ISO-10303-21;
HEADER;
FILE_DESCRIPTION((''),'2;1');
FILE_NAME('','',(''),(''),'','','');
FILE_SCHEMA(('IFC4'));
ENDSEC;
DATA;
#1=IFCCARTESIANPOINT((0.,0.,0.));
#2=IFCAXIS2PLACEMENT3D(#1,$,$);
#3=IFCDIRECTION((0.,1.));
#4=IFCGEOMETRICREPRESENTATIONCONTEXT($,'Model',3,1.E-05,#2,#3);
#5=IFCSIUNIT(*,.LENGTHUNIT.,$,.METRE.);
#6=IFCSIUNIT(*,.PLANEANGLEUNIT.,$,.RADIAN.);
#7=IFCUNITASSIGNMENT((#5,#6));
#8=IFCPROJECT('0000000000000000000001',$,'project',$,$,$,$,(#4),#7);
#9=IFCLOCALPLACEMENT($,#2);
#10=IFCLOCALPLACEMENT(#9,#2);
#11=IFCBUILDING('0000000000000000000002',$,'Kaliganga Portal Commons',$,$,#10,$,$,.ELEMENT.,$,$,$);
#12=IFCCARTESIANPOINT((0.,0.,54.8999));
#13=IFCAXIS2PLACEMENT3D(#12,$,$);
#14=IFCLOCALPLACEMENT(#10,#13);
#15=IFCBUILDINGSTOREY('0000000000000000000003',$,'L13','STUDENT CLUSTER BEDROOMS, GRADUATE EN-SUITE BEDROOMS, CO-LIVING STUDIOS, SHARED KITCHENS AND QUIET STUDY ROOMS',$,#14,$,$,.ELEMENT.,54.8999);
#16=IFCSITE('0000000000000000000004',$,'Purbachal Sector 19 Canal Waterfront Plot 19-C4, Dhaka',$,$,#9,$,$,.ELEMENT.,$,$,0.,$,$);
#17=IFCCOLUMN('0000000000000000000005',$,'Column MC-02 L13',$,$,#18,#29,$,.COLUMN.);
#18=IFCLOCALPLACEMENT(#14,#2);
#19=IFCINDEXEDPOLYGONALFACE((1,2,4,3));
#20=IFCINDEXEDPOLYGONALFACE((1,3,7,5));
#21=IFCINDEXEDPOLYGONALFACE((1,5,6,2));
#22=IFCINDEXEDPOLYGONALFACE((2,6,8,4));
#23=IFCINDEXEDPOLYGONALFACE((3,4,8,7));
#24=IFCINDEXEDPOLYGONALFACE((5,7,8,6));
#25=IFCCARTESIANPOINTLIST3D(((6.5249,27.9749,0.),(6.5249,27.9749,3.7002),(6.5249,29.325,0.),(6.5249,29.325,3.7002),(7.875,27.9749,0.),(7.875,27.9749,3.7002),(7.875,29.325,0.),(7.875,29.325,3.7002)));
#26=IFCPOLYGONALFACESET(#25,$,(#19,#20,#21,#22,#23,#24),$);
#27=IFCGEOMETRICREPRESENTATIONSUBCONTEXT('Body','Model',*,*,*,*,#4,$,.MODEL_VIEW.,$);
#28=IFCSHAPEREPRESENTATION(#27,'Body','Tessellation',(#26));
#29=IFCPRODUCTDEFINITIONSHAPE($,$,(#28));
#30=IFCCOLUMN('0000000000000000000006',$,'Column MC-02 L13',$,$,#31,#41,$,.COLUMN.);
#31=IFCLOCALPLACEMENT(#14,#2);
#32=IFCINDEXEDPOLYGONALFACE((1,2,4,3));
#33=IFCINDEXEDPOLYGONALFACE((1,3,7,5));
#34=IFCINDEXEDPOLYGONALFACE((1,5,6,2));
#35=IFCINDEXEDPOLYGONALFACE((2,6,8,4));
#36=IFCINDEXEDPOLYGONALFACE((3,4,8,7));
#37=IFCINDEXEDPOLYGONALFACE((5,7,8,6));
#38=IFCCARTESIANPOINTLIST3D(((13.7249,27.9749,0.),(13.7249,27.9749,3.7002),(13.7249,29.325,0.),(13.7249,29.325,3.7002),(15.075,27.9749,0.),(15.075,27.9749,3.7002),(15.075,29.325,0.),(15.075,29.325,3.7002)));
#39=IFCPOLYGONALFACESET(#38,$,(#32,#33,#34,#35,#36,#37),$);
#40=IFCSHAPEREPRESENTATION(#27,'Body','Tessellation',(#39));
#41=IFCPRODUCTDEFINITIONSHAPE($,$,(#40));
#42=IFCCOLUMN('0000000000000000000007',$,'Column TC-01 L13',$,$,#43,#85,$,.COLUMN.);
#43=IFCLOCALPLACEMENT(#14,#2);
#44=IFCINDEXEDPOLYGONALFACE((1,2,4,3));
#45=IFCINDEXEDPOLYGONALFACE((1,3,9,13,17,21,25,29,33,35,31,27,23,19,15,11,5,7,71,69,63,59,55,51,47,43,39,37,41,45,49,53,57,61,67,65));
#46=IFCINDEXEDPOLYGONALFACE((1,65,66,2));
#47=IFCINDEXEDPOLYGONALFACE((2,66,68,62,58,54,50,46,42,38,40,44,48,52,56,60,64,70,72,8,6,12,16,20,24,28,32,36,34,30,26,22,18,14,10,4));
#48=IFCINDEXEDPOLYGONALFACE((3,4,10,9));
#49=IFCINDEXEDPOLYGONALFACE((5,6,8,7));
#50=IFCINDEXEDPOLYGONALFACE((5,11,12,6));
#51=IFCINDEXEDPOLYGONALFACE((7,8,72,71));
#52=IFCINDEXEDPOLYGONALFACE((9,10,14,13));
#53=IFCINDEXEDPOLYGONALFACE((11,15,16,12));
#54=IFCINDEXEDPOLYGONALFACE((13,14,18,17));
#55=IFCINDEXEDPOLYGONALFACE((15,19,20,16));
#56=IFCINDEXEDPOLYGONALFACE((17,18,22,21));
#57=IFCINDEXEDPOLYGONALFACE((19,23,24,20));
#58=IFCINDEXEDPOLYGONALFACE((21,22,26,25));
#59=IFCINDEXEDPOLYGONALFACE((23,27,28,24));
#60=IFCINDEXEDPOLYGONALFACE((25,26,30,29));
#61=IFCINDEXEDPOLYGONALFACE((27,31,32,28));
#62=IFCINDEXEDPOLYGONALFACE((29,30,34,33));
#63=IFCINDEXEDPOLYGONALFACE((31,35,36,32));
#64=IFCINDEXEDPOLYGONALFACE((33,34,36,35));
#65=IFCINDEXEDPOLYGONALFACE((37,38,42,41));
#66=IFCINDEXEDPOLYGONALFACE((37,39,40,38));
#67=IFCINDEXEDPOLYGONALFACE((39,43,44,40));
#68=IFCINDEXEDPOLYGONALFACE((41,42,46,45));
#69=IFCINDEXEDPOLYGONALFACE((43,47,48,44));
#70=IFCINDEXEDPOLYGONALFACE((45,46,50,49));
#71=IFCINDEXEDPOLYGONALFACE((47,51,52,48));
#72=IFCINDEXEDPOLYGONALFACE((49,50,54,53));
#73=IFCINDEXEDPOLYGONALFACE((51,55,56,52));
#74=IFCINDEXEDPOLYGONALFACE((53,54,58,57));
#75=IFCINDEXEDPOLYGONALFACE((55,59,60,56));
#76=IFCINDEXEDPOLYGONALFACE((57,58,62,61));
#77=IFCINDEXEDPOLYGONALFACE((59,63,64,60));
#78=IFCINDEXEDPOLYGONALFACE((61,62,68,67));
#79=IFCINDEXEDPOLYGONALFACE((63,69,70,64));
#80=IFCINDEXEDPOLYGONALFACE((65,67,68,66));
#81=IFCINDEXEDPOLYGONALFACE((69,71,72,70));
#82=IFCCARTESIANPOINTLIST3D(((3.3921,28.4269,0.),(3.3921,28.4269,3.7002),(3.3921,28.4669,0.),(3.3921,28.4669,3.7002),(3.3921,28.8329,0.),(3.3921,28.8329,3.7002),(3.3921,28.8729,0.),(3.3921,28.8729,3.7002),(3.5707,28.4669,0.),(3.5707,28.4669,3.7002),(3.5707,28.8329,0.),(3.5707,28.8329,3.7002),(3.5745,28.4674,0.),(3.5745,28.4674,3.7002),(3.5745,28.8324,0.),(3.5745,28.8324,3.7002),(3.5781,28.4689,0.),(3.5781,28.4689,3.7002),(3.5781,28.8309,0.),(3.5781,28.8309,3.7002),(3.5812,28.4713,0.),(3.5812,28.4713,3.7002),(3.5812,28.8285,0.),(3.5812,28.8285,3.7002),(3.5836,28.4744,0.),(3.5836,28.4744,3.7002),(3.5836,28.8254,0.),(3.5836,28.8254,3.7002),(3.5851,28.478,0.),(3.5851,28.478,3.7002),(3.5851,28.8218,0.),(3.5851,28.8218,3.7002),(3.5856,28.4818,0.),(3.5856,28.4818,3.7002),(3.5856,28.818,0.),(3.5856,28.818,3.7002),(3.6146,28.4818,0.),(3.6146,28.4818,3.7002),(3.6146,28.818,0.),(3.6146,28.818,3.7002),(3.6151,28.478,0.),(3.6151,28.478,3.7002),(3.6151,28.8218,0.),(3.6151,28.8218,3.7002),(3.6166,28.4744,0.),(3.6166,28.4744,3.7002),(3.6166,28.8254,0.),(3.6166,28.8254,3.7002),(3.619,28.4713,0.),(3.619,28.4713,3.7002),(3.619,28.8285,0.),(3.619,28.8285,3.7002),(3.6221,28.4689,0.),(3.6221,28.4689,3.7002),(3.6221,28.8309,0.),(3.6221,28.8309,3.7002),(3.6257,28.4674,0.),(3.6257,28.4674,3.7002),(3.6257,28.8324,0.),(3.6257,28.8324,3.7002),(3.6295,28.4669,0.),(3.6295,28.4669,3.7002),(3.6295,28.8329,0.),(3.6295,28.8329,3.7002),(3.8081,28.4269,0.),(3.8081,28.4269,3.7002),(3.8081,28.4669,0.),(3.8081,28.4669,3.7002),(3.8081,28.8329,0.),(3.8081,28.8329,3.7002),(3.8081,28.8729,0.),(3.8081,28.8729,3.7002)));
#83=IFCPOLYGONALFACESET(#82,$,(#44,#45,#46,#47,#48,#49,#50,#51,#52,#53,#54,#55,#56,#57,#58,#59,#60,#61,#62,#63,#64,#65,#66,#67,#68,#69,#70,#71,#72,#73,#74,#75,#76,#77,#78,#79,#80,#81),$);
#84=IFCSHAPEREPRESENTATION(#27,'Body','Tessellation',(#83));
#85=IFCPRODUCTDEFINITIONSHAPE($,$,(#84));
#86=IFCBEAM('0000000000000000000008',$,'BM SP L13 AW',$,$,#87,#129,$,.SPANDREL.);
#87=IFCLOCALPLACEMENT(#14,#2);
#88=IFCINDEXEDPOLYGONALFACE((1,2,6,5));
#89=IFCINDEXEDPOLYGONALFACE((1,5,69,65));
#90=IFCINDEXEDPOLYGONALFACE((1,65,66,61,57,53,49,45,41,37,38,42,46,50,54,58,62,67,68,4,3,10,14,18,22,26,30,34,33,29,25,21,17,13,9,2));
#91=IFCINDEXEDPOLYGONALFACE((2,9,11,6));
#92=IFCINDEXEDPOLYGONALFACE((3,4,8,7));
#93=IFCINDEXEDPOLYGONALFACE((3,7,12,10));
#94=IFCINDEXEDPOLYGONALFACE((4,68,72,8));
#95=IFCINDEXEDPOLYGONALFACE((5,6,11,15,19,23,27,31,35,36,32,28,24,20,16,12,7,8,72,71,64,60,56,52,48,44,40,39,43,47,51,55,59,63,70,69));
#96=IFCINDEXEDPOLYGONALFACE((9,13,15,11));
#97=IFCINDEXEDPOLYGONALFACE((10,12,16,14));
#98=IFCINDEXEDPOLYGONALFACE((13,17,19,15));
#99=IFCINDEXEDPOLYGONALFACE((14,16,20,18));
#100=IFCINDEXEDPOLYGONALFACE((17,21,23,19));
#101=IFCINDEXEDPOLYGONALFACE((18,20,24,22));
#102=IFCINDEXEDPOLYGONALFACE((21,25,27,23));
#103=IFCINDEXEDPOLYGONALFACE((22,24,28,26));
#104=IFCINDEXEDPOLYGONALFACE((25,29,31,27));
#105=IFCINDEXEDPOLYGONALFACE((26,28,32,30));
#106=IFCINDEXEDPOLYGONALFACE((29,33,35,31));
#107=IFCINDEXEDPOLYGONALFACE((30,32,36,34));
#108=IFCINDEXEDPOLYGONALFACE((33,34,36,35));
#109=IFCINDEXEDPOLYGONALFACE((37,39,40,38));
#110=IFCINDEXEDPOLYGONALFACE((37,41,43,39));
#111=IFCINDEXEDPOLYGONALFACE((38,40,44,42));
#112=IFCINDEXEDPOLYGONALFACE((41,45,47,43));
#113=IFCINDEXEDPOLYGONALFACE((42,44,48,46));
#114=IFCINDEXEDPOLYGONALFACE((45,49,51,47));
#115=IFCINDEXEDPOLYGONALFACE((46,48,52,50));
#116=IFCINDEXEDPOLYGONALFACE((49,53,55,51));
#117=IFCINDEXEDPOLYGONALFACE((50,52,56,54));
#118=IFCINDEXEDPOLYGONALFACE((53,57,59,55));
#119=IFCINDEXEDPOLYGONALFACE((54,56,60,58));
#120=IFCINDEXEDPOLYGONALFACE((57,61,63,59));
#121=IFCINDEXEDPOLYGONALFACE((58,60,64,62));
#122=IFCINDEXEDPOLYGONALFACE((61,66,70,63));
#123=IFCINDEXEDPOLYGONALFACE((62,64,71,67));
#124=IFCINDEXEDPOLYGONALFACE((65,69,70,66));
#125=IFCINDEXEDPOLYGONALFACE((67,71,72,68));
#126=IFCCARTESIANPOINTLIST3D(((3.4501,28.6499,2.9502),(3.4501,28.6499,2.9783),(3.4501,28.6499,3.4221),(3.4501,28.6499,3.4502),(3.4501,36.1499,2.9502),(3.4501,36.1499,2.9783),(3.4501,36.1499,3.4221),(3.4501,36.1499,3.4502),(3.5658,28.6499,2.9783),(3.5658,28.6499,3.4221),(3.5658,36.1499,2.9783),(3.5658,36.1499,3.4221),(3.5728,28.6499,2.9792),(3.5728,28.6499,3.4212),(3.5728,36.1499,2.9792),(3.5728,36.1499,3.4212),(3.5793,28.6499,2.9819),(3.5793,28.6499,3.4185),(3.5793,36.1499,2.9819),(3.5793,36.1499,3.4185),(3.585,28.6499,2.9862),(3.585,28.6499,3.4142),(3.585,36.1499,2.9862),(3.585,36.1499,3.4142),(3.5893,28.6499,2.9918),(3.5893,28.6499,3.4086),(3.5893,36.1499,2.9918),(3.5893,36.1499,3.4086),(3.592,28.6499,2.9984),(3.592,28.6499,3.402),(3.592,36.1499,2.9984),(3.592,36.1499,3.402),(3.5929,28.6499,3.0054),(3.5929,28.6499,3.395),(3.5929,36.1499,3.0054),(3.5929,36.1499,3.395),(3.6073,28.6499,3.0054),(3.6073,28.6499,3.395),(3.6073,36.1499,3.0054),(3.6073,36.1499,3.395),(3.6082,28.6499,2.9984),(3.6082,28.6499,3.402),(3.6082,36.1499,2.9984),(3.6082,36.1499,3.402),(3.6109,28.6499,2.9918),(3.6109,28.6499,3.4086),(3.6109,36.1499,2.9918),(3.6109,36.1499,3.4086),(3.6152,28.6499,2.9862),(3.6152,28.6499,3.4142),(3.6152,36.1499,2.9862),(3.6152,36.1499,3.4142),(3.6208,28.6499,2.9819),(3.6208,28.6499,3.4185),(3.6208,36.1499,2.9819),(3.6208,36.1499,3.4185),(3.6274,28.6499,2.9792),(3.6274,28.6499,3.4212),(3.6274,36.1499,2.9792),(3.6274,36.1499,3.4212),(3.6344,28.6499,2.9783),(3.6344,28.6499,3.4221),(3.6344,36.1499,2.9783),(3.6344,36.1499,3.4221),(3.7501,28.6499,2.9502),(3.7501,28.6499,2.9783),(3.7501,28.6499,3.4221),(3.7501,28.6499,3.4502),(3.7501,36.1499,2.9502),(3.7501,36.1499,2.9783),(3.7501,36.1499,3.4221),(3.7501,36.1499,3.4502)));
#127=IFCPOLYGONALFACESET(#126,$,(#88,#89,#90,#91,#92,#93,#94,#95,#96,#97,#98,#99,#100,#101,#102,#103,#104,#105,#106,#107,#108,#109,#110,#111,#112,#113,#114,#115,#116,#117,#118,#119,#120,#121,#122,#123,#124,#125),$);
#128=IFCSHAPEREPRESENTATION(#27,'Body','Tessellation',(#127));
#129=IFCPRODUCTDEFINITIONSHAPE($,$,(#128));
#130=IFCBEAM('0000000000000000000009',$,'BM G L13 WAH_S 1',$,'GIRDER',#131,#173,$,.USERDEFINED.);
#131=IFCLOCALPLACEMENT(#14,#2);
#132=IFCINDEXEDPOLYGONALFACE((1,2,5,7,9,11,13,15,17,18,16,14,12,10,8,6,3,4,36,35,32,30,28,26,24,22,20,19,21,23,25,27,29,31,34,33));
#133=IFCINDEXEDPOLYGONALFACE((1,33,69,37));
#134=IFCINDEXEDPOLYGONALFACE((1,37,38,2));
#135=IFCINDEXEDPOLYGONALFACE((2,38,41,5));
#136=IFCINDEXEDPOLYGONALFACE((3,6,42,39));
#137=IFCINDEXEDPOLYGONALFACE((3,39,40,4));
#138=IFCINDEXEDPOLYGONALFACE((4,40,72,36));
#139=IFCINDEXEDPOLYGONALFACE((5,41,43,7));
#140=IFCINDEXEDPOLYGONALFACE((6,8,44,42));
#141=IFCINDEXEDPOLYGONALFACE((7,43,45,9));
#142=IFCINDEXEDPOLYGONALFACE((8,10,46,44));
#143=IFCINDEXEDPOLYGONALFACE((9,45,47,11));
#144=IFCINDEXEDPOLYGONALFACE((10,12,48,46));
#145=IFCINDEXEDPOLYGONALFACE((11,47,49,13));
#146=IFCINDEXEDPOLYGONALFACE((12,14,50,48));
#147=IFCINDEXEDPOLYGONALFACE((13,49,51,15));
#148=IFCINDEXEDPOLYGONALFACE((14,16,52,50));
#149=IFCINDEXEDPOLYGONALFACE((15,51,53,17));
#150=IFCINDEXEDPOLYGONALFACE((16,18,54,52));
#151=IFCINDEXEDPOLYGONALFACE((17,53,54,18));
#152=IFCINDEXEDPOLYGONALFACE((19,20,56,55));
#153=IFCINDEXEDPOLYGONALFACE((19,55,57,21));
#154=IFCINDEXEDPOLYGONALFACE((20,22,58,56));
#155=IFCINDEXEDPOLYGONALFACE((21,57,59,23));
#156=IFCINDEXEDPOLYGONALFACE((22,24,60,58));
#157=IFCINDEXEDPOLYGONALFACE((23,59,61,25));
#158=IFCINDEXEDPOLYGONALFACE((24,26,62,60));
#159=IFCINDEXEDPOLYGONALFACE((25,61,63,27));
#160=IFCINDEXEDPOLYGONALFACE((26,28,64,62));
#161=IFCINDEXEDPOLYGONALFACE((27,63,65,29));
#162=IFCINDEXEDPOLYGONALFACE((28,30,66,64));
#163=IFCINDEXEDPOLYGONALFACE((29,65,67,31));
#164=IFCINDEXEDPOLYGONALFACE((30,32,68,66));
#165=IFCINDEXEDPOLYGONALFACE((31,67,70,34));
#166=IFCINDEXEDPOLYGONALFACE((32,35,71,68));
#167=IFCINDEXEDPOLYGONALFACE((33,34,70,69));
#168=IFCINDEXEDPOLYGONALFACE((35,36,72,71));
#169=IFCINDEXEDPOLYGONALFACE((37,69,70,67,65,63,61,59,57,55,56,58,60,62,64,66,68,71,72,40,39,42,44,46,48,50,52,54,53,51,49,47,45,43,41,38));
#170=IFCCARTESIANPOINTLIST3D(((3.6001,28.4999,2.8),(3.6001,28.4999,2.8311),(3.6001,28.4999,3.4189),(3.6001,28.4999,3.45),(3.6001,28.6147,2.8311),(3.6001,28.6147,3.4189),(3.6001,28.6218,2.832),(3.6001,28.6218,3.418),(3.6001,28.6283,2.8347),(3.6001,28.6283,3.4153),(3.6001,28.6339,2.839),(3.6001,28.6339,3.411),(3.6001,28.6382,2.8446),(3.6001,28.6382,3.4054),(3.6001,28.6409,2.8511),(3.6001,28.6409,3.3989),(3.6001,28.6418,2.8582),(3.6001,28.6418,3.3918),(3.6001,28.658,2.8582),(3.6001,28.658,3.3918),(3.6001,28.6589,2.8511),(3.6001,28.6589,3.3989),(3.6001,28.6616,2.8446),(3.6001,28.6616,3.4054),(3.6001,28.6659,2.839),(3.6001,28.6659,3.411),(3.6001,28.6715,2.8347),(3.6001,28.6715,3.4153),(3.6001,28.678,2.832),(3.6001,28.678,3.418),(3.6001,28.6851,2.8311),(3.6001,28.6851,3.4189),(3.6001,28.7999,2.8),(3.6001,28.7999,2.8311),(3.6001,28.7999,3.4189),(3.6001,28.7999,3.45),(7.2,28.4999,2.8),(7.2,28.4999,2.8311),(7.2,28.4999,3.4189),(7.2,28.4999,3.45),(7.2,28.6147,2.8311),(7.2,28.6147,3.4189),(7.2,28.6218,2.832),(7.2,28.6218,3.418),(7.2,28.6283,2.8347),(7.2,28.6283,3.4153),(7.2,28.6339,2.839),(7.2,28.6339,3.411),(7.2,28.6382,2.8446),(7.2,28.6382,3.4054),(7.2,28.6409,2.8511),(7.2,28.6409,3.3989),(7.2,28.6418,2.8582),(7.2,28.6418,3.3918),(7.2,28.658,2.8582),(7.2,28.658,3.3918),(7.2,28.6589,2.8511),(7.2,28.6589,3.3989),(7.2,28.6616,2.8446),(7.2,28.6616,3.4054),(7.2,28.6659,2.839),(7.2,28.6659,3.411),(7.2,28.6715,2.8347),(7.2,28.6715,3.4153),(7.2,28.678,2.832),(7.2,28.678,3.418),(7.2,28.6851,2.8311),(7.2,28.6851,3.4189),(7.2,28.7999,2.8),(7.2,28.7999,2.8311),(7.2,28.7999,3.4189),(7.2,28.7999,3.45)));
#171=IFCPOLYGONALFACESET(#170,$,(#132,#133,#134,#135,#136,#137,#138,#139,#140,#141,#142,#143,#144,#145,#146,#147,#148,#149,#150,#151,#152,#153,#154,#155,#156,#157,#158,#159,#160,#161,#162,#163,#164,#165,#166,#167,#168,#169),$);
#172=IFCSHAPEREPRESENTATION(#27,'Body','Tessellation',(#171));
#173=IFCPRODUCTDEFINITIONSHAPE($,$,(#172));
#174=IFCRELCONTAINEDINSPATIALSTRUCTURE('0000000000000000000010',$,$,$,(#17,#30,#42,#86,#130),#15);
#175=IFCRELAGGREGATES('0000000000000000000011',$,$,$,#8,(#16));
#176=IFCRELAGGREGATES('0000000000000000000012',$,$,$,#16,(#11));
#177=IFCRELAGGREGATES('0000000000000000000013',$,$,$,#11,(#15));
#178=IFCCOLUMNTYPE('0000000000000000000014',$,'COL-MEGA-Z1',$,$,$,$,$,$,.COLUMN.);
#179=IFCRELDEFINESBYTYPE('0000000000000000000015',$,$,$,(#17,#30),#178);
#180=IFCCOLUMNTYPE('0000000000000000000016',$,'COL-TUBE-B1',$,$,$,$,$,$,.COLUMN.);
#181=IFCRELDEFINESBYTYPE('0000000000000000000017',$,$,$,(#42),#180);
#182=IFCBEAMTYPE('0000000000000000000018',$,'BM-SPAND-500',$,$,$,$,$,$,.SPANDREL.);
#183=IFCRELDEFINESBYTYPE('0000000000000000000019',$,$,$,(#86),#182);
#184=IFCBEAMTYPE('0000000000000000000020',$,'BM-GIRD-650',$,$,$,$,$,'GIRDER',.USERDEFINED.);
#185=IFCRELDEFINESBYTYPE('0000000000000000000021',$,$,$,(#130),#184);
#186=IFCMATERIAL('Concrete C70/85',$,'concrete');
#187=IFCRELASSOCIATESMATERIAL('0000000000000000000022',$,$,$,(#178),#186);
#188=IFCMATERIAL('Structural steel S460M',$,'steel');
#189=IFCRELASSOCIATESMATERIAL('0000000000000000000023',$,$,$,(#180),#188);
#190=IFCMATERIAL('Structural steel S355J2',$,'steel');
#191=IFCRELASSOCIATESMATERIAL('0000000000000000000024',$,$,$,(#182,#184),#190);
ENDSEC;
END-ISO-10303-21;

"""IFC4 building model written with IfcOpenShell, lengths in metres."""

from ifc_helpers import new_model, si_unit, direction, frame, origin, origin_2d, place, context, subcontext, project, spatial, rectangle, i_section, extrude, source, transform, mapped, material, material_profile, profile_set, type_object, element, save


model = new_model("IFC4")

# Units and contexts
model_context = context("Model", 3, precision=1e-05, world=origin(), true_north=direction((0.0, 1.0)))
body_context = subcontext(model_context, "Body", "Model", "MODEL_VIEW")
ifc_project = project(units=[si_unit("LENGTHUNIT", "METRE"), si_unit("PLANEANGLEUNIT", "RADIAN")], contexts=[model_context])

# Site, building, storey
site_placement = place(None, origin())
site = spatial("IfcSite", under=ifc_project, at=site_placement, Name="Purbachal Sector 19 Canal Waterfront Plot 19-C4, Dhaka", CompositionType="ELEMENT", RefElevation=0.0)
building_placement = place(site_placement, origin())
building = spatial("IfcBuilding", under=site, at=building_placement, Name="Kaliganga Portal Commons", CompositionType="ELEMENT")
storey_placement = place(building_placement, frame((0.0, 0.0, 54.8999)))
storey = spatial("IfcBuildingStorey", under=building, at=storey_placement, Name="L13", Description="STUDENT CLUSTER BEDROOMS, GRADUATE EN-SUITE BEDROOMS, CO-LIVING STUDIOS, SHARED KITCHENS AND QUIET STUDY ROOMS", CompositionType="ELEMENT", Elevation=54.8999)

# Columns
ifc_material_1 = material(Name="Concrete C70/85", Category="concrete")
ifc_material_profile_1 = material_profile(ifc_material_1, rectangle(XDim=1.3501, YDim=1.3501, at=origin_2d()), Name="RC 1350x1350")
ifc_profile_set_1 = profile_set([ifc_material_profile_1], Name="Concrete C70/85")
column_type_1 = type_object("IfcColumnType", Name="COL-MEGA-Z1", PredefinedType="COLUMN", material=ifc_profile_set_1)
shared_shape_1 = source(origin(), body_context, "Body", "SweptSolid", [
    extrude(rectangle(XDim=1.3501, YDim=1.3501, at=origin_2d()), origin(), (0.0, 0.0, 1.0), 3.7002),
])
for number, where, z_axis, x_axis, name in (
    (1, (7.2, 28.6499, 0.0), (0.0, 0.0, 1.0), (1.0, 0.0, 0.0), "Column MC-02 L13"),
    (2, (14.3999, 28.6499, 0.0), (0.0, 0.0, 1.0), (1.0, 0.0, 0.0), "Column MC-02 L13"),
):
    element("IfcColumn", number, at=place(storey_placement, frame(where, z_axis=z_axis, x_axis=x_axis)), inside=storey, type_object=column_type_1, Name=name, PredefinedType="COLUMN", context=body_context, shape_type="MappedRepresentation", body=[
        mapped(shared_shape_1, transform((0.0, 0.0, 0.0), x_axis=(1.0, 0.0, 0.0), y_axis=(0.0, 1.0, 0.0), z_axis=(0.0, 0.0, 1.0), scale=1.0)),
    ])
ifc_material_2 = material(Name="Structural steel S460M", Category="steel")
ifc_material_profile_2 = material_profile(ifc_material_2, i_section(OverallWidth=0.416, OverallDepth=0.446, WebThickness=0.0291, FlangeThickness=0.04, FilletRadius=0.0149, at=origin_2d()), Name="HD 400x509")
ifc_profile_set_2 = profile_set([ifc_material_profile_2], Name="Structural steel S460M wide-flange")
column_type_2 = type_object("IfcColumnType", Name="COL-TUBE-B1", PredefinedType="COLUMN", material=ifc_profile_set_2)
shared_shape_2 = source(origin(), body_context, "Body", "SweptSolid", [
    extrude(i_section(OverallWidth=0.416, OverallDepth=0.446, WebThickness=0.0291, FlangeThickness=0.04, FilletRadius=0.0149, at=origin_2d()), origin(), (0.0, 0.0, 1.0), 3.7002),
])
column_placement = place(storey_placement, frame((3.6001, 28.6499, 0.0), z_axis=(0.0, 0.0, 1.0), x_axis=(1.0, 0.0, 0.0)))
element("IfcColumn", 3, at=column_placement, inside=storey, type_object=column_type_2, Name="Column TC-01 L13", PredefinedType="COLUMN", context=body_context, shape_type="MappedRepresentation", body=[
    mapped(shared_shape_2, transform((0.0, 0.0, 0.0), x_axis=(1.0, 0.0, 0.0), y_axis=(0.0, 1.0, 0.0), z_axis=(0.0, 0.0, 1.0), scale=1.0)),
])

# Beams
ifc_material_3 = material(Name="Structural steel S355J2", Category="steel")
ifc_material_profile_3 = material_profile(ifc_material_3, i_section(OverallWidth=0.3, OverallDepth=0.5, WebThickness=0.0144, FlangeThickness=0.0281, FilletRadius=0.0271, at=origin_2d()), Name="HE 500 B")
ifc_profile_set_3 = profile_set([ifc_material_profile_3], Name="Structural steel S355J2 wide-flange")
beam_type_1 = type_object("IfcBeamType", Name="BM-SPAND-500", PredefinedType="SPANDREL", material=ifc_profile_set_3)
shared_shape_3 = source(origin(), body_context, "Body", "SweptSolid", [
    extrude(i_section(OverallWidth=0.3, OverallDepth=0.5, WebThickness=0.0144, FlangeThickness=0.0281, FilletRadius=0.0271, at=origin_2d()), origin(), (0.0, 0.0, 1.0), 7.5),
])
beam_1_placement = place(storey_placement, frame((3.6001, 28.6499, 3.2002), z_axis=(0.0, 1.0, 0.0), x_axis=(-1.0, 0.0, 0.0)))
element("IfcBeam", 4, at=beam_1_placement, inside=storey, type_object=beam_type_1, Name="BM SP L13 AW", PredefinedType="SPANDREL", context=body_context, shape_type="MappedRepresentation", body=[
    mapped(shared_shape_3, transform((0.0, 0.0, 0.0), x_axis=(1.0, 0.0, 0.0), y_axis=(0.0, 1.0, 0.0), z_axis=(0.0, 0.0, 1.0), scale=1.0)),
])
ifc_material_profile_4 = material_profile(ifc_material_3, i_section(OverallWidth=0.3, OverallDepth=0.6499, WebThickness=0.0161, FlangeThickness=0.031, FilletRadius=0.0271, at=origin_2d()), Name="HE 650 B")
ifc_profile_set_4 = profile_set([ifc_material_profile_4], Name="Structural steel S355J2 wide-flange")
beam_type_2 = type_object("IfcBeamType", Name="BM-GIRD-650", ElementType="GIRDER", PredefinedType="USERDEFINED", material=ifc_profile_set_4)
shared_shape_4 = source(origin(), body_context, "Body", "SweptSolid", [
    extrude(i_section(OverallWidth=0.3, OverallDepth=0.6499, WebThickness=0.0161, FlangeThickness=0.031, FilletRadius=0.0271, at=origin_2d()), origin(), (0.0, 0.0, 1.0), 3.5999),
])
beam_2_placement = place(storey_placement, frame((3.6001, 28.6499, 3.125), z_axis=(1.0, 0.0, 0.0), x_axis=(0.0, 1.0, 0.0)))
element("IfcBeam", 5, at=beam_2_placement, inside=storey, type_object=beam_type_2, Name="BM G L13 WAH_S 1", ObjectType="GIRDER", PredefinedType="USERDEFINED", context=body_context, shape_type="MappedRepresentation", body=[
    mapped(shared_shape_4, transform((0.0, 0.0, 0.0), x_axis=(1.0, 0.0, 0.0), y_axis=(0.0, 1.0, 0.0), z_axis=(0.0, 0.0, 1.0), scale=1.0)),
])

save(model, "model.ifc")
